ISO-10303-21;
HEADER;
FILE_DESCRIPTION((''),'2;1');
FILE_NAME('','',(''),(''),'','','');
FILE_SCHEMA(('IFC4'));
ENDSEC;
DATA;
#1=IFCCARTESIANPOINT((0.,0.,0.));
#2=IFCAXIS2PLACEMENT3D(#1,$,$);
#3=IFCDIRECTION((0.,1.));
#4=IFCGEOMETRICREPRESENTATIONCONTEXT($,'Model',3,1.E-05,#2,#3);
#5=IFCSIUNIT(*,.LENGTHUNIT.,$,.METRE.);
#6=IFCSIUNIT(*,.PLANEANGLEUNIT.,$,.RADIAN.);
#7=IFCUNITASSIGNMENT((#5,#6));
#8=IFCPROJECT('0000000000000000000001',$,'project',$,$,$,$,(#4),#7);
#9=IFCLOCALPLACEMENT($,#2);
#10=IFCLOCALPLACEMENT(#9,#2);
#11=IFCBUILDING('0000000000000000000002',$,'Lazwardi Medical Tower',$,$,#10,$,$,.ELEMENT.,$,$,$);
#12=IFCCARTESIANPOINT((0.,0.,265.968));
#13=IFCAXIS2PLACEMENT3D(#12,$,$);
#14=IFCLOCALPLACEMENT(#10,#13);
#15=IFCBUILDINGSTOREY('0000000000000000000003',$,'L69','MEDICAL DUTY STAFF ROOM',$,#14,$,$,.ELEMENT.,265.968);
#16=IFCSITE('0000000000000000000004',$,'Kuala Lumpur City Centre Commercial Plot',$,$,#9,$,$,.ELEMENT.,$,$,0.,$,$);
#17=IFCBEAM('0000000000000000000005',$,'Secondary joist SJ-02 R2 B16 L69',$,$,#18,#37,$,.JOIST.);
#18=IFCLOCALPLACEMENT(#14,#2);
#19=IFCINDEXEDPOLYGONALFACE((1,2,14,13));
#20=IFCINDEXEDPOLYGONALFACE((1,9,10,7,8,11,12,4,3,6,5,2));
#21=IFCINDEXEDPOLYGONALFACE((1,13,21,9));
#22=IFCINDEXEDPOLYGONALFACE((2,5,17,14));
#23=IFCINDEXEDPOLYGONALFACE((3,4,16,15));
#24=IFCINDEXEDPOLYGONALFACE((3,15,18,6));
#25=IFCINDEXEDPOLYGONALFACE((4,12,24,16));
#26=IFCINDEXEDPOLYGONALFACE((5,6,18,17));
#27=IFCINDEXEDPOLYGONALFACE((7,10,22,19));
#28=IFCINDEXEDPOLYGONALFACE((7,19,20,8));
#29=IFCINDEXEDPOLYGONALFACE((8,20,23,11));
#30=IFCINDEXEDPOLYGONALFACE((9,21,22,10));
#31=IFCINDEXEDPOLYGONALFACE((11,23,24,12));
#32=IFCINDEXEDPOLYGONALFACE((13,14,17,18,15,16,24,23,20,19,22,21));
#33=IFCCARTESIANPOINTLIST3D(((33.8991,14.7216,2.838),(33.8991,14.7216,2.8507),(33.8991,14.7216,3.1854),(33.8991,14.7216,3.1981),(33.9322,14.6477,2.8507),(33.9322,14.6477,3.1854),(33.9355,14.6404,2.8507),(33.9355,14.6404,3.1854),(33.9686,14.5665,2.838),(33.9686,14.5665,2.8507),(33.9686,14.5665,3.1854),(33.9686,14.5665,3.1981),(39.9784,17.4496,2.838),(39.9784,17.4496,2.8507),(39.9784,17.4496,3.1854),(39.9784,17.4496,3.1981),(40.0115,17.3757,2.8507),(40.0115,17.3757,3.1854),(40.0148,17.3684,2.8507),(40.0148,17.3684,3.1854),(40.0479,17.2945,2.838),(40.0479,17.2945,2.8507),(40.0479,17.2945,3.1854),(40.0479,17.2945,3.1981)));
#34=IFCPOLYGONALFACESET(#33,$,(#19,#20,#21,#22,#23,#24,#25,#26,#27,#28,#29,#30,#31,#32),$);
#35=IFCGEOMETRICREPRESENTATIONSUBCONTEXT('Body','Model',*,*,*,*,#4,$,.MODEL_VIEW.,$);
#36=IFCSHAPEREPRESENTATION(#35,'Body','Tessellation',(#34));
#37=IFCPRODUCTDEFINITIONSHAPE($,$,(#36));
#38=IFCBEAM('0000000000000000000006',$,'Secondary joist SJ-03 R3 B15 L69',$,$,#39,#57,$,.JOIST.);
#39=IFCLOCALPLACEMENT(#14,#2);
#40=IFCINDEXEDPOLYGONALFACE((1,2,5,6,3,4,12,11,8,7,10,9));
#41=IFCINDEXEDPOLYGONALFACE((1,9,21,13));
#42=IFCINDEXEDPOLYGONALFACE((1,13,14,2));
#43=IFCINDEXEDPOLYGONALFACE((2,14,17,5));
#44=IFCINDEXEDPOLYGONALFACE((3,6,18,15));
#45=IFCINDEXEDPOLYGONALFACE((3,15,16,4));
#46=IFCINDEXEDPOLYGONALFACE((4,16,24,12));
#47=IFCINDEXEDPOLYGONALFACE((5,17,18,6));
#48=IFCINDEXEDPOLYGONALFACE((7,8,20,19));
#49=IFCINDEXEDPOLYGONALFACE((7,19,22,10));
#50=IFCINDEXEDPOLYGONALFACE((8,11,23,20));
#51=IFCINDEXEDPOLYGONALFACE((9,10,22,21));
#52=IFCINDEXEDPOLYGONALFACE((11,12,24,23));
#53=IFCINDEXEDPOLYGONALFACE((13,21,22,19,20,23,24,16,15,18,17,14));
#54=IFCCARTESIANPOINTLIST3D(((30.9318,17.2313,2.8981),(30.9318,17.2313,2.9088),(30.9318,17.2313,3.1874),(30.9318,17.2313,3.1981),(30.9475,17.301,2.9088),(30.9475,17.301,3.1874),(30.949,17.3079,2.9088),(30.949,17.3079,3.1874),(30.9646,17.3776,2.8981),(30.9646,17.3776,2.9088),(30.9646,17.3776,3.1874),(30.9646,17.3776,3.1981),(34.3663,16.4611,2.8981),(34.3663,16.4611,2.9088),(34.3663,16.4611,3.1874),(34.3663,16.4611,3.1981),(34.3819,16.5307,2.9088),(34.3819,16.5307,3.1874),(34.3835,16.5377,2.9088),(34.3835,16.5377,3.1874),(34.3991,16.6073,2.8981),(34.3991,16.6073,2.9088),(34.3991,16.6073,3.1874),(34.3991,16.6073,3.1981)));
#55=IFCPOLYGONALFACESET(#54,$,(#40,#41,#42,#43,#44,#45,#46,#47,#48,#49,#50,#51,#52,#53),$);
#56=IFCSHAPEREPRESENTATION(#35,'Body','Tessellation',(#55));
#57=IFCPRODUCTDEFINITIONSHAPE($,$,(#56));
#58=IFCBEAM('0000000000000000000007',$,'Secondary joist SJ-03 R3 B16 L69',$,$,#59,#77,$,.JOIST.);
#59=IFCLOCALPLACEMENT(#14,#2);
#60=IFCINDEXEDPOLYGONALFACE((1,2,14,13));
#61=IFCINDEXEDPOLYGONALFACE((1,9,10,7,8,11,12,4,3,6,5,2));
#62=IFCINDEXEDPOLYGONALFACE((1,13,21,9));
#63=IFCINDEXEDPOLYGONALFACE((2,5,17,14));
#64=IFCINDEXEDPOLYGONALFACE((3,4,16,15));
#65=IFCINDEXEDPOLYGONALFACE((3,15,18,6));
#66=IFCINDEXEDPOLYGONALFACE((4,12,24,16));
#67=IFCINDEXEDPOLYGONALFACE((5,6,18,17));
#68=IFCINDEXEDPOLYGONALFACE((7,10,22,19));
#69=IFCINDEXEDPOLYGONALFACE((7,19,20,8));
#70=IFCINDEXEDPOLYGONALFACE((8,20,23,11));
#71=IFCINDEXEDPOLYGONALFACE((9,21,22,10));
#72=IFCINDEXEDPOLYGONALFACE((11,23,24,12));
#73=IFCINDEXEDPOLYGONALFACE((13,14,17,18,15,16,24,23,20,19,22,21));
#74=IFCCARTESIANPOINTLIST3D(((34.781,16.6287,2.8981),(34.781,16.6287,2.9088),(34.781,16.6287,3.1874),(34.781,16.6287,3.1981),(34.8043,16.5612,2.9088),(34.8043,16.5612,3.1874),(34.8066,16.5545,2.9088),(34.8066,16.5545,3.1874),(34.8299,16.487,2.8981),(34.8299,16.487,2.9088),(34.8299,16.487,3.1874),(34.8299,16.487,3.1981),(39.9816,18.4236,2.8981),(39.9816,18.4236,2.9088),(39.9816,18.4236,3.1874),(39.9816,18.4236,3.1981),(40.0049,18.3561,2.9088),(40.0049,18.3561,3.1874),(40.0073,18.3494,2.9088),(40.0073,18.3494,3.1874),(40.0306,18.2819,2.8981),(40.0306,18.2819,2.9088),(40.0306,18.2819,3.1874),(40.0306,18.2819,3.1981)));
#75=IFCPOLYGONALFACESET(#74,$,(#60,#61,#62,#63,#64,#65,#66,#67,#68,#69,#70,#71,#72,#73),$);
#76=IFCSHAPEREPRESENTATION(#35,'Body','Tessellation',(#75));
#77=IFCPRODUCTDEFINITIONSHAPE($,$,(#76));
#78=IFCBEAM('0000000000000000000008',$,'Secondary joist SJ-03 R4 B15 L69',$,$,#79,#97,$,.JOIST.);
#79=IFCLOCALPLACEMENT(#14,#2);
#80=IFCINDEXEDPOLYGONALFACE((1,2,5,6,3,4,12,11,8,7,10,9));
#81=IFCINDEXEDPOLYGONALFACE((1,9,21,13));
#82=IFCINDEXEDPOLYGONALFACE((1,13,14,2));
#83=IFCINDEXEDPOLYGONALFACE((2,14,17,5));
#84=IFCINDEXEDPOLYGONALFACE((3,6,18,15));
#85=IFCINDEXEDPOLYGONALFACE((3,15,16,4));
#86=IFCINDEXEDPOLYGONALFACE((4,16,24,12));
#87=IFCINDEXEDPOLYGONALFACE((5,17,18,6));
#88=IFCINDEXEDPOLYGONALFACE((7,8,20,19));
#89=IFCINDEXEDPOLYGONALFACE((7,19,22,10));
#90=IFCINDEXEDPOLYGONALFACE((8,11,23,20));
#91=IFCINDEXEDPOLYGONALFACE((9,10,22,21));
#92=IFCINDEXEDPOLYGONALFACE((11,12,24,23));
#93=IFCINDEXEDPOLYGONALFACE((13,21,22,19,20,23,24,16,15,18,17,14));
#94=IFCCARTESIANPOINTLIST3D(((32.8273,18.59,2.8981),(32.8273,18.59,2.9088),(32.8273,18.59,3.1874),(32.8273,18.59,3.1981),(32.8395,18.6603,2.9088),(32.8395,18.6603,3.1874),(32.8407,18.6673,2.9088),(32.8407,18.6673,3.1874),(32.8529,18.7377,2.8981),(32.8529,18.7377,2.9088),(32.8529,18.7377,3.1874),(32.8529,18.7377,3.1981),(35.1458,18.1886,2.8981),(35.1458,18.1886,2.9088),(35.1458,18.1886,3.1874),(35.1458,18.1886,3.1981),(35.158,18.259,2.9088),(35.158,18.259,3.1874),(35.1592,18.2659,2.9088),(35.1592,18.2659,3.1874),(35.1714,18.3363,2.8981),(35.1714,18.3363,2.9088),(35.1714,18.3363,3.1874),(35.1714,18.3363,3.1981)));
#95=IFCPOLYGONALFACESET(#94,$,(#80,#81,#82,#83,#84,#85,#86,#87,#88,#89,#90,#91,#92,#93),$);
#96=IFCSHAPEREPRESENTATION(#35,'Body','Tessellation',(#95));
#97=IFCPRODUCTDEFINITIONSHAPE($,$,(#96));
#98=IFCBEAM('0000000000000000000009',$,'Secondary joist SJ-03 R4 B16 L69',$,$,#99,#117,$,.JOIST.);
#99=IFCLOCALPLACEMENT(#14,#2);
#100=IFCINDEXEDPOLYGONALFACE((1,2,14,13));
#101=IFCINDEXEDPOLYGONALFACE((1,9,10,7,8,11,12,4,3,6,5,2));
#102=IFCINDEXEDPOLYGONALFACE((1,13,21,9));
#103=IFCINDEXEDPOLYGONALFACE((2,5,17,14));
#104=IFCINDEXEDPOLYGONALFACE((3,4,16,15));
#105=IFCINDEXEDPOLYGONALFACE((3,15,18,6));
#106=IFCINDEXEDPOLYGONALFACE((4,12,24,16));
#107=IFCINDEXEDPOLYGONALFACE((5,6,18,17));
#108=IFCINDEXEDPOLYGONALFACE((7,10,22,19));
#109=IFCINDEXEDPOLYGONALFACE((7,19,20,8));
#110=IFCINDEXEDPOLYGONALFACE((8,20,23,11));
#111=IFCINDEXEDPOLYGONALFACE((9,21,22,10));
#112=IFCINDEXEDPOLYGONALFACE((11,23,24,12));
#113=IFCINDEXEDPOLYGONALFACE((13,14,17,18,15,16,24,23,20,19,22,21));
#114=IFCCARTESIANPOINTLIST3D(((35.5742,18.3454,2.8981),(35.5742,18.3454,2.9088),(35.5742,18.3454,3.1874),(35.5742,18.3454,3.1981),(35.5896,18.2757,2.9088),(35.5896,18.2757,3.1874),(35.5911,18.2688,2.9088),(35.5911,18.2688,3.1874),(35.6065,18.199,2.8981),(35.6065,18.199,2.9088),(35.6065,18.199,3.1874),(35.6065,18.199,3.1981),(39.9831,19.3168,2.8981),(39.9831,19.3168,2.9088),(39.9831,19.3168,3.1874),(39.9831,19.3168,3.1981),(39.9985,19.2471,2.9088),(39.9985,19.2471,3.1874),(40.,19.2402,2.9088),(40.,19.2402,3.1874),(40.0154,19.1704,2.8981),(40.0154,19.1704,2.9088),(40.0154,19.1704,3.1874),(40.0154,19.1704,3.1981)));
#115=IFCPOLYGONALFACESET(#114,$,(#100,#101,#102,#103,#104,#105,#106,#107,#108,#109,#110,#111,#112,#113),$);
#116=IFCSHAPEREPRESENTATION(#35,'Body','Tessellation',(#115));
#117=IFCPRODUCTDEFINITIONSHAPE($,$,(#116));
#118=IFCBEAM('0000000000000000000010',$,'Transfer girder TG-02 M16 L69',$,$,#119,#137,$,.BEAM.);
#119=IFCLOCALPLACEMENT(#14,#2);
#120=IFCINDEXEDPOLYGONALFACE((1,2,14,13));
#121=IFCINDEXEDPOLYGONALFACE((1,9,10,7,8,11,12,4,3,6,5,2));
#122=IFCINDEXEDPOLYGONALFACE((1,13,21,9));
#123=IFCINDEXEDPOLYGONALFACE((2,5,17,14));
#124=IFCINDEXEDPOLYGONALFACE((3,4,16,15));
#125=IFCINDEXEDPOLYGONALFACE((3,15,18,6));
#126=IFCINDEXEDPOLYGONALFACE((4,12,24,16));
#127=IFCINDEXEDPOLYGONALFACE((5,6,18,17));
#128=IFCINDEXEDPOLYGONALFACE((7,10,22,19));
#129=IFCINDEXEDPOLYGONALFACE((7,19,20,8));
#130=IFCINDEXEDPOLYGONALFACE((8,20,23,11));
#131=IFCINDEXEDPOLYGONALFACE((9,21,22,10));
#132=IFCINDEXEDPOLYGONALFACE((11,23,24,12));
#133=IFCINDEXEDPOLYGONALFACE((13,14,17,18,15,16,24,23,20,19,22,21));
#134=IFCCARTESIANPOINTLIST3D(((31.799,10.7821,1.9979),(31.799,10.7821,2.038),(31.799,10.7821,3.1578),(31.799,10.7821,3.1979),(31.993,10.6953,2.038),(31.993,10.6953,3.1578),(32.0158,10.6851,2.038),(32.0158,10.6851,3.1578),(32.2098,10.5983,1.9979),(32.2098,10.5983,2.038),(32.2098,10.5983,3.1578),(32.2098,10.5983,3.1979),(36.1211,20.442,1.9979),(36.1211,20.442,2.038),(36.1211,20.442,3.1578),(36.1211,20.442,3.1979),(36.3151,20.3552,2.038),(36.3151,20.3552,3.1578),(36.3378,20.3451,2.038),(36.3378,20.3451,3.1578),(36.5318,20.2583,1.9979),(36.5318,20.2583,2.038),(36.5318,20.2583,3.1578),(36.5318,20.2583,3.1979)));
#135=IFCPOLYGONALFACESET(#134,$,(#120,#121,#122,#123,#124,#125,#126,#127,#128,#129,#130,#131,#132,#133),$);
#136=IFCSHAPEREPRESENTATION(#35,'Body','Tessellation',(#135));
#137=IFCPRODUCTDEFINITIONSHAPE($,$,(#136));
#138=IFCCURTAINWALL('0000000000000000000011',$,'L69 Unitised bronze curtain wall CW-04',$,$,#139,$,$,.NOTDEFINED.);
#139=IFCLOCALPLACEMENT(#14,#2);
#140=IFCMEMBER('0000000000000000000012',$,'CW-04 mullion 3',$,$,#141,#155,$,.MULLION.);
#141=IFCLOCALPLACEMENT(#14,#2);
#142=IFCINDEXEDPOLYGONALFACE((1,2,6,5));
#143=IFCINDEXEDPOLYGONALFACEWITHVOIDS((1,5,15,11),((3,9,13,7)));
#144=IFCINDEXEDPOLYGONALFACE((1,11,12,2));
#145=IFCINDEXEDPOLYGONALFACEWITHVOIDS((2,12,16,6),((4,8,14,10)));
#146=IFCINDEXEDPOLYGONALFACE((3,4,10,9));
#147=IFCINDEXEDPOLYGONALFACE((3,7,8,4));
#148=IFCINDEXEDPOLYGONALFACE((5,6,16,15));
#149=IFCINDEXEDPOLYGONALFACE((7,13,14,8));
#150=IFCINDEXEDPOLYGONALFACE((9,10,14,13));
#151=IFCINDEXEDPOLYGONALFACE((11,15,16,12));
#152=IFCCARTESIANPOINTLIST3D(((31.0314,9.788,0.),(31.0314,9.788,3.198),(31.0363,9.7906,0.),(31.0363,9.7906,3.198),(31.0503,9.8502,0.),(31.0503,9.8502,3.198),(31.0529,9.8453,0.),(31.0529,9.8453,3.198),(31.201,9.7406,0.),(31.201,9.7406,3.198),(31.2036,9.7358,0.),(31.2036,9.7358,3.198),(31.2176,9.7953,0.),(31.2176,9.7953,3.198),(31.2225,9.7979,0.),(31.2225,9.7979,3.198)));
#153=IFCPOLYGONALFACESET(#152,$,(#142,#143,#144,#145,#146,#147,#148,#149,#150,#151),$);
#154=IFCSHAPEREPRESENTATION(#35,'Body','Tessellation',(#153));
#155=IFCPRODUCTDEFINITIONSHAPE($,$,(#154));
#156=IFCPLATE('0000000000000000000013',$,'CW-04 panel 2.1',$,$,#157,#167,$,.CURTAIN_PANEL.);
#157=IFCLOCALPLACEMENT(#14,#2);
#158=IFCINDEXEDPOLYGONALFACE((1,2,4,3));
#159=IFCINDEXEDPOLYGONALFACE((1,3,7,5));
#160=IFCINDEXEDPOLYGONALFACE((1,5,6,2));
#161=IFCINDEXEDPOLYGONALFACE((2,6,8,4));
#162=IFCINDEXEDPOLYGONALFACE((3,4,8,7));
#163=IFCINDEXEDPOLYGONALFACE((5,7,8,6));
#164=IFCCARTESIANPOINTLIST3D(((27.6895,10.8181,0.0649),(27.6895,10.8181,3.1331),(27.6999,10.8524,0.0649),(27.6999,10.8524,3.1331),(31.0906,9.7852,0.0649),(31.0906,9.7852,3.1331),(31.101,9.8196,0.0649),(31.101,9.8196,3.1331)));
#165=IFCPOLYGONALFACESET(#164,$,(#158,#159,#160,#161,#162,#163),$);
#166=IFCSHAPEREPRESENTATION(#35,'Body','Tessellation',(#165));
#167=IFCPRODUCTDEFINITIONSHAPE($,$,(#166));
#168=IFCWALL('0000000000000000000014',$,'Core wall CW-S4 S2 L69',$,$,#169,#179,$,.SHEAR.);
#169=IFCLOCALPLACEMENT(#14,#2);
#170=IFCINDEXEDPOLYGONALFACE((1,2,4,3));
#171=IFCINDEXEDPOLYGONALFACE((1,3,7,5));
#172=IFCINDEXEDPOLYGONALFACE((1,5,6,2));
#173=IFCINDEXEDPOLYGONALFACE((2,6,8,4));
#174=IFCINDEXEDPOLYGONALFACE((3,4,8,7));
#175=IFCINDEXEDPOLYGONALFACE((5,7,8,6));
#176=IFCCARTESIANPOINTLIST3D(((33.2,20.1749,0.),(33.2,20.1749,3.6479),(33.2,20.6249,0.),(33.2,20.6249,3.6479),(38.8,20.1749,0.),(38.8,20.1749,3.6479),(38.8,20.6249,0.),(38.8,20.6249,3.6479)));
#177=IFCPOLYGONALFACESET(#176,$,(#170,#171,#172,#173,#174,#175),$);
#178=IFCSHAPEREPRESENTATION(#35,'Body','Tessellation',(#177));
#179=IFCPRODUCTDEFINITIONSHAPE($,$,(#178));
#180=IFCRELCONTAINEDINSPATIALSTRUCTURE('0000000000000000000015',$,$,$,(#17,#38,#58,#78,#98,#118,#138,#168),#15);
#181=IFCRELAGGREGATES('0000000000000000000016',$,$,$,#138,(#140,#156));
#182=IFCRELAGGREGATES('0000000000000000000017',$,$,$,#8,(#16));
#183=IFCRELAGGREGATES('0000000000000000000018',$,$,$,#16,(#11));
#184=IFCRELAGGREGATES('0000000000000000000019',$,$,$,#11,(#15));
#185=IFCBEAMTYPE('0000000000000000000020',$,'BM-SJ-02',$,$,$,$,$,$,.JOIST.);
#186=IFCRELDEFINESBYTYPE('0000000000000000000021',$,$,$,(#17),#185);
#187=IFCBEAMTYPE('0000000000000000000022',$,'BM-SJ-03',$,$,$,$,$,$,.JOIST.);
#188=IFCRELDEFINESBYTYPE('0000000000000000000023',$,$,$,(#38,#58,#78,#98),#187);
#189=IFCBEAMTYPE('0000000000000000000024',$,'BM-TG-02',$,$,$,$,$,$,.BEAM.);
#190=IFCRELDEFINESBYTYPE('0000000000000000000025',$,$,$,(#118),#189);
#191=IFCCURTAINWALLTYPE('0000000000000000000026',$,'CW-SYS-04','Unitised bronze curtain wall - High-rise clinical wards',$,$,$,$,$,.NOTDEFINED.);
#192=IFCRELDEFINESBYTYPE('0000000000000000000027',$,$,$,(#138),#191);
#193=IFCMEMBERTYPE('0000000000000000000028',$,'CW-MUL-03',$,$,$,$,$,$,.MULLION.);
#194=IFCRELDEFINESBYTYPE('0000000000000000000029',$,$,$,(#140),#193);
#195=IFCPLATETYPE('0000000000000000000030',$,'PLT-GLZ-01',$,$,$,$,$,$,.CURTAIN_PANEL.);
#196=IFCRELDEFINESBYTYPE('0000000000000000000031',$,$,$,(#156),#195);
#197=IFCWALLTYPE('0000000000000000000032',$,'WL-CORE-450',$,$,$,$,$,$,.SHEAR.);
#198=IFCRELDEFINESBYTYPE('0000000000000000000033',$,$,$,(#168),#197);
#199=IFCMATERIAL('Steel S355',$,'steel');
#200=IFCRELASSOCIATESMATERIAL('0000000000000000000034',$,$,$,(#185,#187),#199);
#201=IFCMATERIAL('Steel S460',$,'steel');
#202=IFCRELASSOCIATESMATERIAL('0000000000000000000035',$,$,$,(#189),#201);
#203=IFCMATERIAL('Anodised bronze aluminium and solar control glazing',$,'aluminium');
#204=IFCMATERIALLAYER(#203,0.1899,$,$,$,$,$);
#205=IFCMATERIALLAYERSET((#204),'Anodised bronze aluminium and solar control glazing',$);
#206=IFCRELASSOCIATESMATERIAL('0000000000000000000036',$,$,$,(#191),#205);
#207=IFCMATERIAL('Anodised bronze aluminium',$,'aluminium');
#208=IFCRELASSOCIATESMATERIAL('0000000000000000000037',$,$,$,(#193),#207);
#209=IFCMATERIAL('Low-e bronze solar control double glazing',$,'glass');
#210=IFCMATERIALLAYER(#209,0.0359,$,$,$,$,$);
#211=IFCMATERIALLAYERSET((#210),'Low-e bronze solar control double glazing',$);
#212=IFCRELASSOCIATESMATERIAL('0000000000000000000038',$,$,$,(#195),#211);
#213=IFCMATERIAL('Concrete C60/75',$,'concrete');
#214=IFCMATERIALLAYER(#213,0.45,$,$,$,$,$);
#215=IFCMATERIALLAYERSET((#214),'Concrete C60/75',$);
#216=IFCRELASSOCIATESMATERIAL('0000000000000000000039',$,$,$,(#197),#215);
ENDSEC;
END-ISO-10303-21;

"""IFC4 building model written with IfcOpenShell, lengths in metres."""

from ifc_helpers import new_model, si_unit, direction, frame, frame_2d, origin, origin_2d, place, context, subcontext, project, spatial, rectangle, hollow_rectangle, i_section, extrude, material, layer, layer_set, material_profile, profile_set, type_object, element, aggregate, save


model = new_model("IFC4")

# Units and contexts
model_context = context("Model", 3, precision=1e-05, world=origin(), true_north=direction((0.0, 1.0)))
body_context = subcontext(model_context, "Body", "Model", "MODEL_VIEW")
ifc_project = project(units=[si_unit("LENGTHUNIT", "METRE"), si_unit("PLANEANGLEUNIT", "RADIAN")], contexts=[model_context])

# Site, building, storey
site_placement = place(None, origin())
site = spatial("IfcSite", under=ifc_project, at=site_placement, Name="Kuala Lumpur City Centre Commercial Plot", CompositionType="ELEMENT", RefElevation=0.0)
building_placement = place(site_placement, origin())
building = spatial("IfcBuilding", under=site, at=building_placement, Name="Lazwardi Medical Tower", CompositionType="ELEMENT")
storey_placement = place(building_placement, frame((0.0, 0.0, 265.968)))
storey = spatial("IfcBuildingStorey", under=building, at=storey_placement, Name="L69", Description="MEDICAL DUTY STAFF ROOM", CompositionType="ELEMENT", Elevation=265.968)

# Shared definitions
ifc_material_1 = material(Name="Concrete C60/75", Category="concrete")

# Beams
ifc_material_2 = material(Name="Steel S460", Category="steel")
ifc_material_3 = material(Name="Steel S355", Category="steel")
ifc_material_profile_1 = material_profile(ifc_material_3, i_section(OverallWidth=0.1699, OverallDepth=0.3601, WebThickness=0.0081, FlangeThickness=0.0127, at=origin_2d()), Name="IPE 360")
ifc_profile_set_1 = profile_set([ifc_material_profile_1], Name="Steel S355")
beam_type_1 = type_object("IfcBeamType", Name="BM-SJ-02", PredefinedType="JOIST", material=ifc_profile_set_1)
beam_1_placement = place(storey_placement, frame((33.9338, 14.644, 3.0181), z_axis=(0.912352, 0.409406, 0.0), x_axis=(-0.409406, 0.912352, 0.0)))
element("IfcBeam", 1, at=beam_1_placement, inside=storey, type_object=beam_type_1, Name="Secondary joist SJ-02 R2 B16 L69", PredefinedType="JOIST", context=body_context, shape_type="SweptSolid", body=[
    extrude(i_section(OverallWidth=0.1699, OverallDepth=0.3601, WebThickness=0.0081, FlangeThickness=0.0127, at=origin_2d()), origin(), (0.0, 0.0, 1.0), 6.6633),
])
ifc_material_profile_2 = material_profile(ifc_material_3, i_section(OverallWidth=0.1499, OverallDepth=0.3, WebThickness=0.0071, FlangeThickness=0.0107, at=origin_2d()), Name="IPE 300")
ifc_profile_set_2 = profile_set([ifc_material_profile_2], Name="Steel S355")
beam_type_2 = type_object("IfcBeamType", Name="BM-SJ-03", PredefinedType="JOIST", material=ifc_profile_set_2)
beam_2_placement = place(storey_placement, frame((30.9482, 17.3044, 3.0481), z_axis=(0.975763, -0.218832, 0.0), x_axis=(0.218832, 0.975763, 0.0)))
element("IfcBeam", 2, at=beam_2_placement, inside=storey, type_object=beam_type_2, Name="Secondary joist SJ-03 R3 B15 L69", PredefinedType="JOIST", context=body_context, shape_type="SweptSolid", body=[
    extrude(i_section(OverallWidth=0.1499, OverallDepth=0.3, WebThickness=0.0071, FlangeThickness=0.0107, at=origin_2d()), origin(), (0.0, 0.0, 1.0), 3.5198),
])
beam_3_placement = place(storey_placement, frame((34.8054, 16.5579, 3.0481), z_axis=(0.945284, 0.326248, 0.0), x_axis=(-0.326248, 0.945284, 0.0)))
element("IfcBeam", 3, at=beam_3_placement, inside=storey, type_object=beam_type_2, Name="Secondary joist SJ-03 R3 B16 L69", PredefinedType="JOIST", context=body_context, shape_type="SweptSolid", body=[
    extrude(i_section(OverallWidth=0.1499, OverallDepth=0.3, WebThickness=0.0071, FlangeThickness=0.0107, at=origin_2d()), origin(), (0.0, 0.0, 1.0), 5.5017),
])
beam_4_placement = place(storey_placement, frame((32.8401, 18.6638, 3.0481), z_axis=(0.985345, -0.17057, 0.0), x_axis=(0.17057, 0.985345, 0.0)))
element("IfcBeam", 4, at=beam_4_placement, inside=storey, type_object=beam_type_2, Name="Secondary joist SJ-03 R4 B15 L69", PredefinedType="JOIST", context=body_context, shape_type="SweptSolid", body=[
    extrude(i_section(OverallWidth=0.1499, OverallDepth=0.3, WebThickness=0.0071, FlangeThickness=0.0107, at=origin_2d()), origin(), (0.0, 0.0, 1.0), 2.353),
])
beam_5_placement = place(storey_placement, frame((35.5903, 18.2722, 3.0481), z_axis=(0.976576, 0.215172, 0.0), x_axis=(-0.215172, 0.976576, 0.0)))
element("IfcBeam", 5, at=beam_5_placement, inside=storey, type_object=beam_type_2, Name="Secondary joist SJ-03 R4 B16 L69", PredefinedType="JOIST", context=body_context, shape_type="SweptSolid", body=[
    extrude(i_section(OverallWidth=0.1499, OverallDepth=0.3, WebThickness=0.0071, FlangeThickness=0.0107, at=origin_2d()), origin(), (0.0, 0.0, 1.0), 4.5146),
])
ifc_material_profile_3 = material_profile(ifc_material_2, i_section(OverallWidth=0.45, OverallDepth=1.2, WebThickness=0.0249, FlangeThickness=0.04, at=origin_2d()), Name="PG 1200x450")
ifc_profile_set_3 = profile_set([ifc_material_profile_3], Name="Steel S460")
beam_type_3 = type_object("IfcBeamType", Name="BM-TG-02", PredefinedType="BEAM", material=ifc_profile_set_3)
beam_6_placement = place(storey_placement, frame((32.0044, 10.6902, 2.5979), z_axis=(0.408404, 0.912801, 0.0), x_axis=(-0.912801, 0.408404, 0.0)))
element("IfcBeam", 6, at=beam_6_placement, inside=storey, type_object=beam_type_3, Name="Transfer girder TG-02 M16 L69", PredefinedType="BEAM", context=body_context, shape_type="SweptSolid", body=[
    extrude(i_section(OverallWidth=0.45, OverallDepth=1.2, WebThickness=0.0249, FlangeThickness=0.04, at=origin_2d()), origin(), (0.0, 0.0, 1.0), 10.5828),
])

# Curtain wall, member, plate
ifc_material_4 = material(Name="Anodised bronze aluminium and solar control glazing", Category="aluminium")
ifc_layer_1 = layer(ifc_material_4, 0.1899)
ifc_layer_set_1 = layer_set([ifc_layer_1], Name="Anodised bronze aluminium and solar control glazing")
curtain_wall_type = type_object("IfcCurtainWallType", Name="CW-SYS-04", Description="Unitised bronze curtain wall - High-rise clinical wards", PredefinedType="NOTDEFINED", material=ifc_layer_set_1)
curtain_wall_placement = place(storey_placement, origin())
curtain_wall = element("IfcCurtainWall", 7, at=curtain_wall_placement, inside=storey, type_object=curtain_wall_type, Name="L69 Unitised bronze curtain wall CW-04", PredefinedType="NOTDEFINED")
ifc_material_5 = material(Name="Anodised bronze aluminium", Category="aluminium")
ifc_material_profile_4 = material_profile(ifc_material_5, hollow_rectangle(XDim=0.0649, YDim=0.1799, WallThickness=0.0039, at=origin_2d()), Name="ALU-MULLION 180x65x4")
ifc_profile_set_4 = profile_set([ifc_material_profile_4], Name="Anodised bronze aluminium")
member_type = type_object("IfcMemberType", Name="CW-MUL-03", PredefinedType="MULLION", material=ifc_profile_set_4)
member_placement = place(storey_placement, frame((31.127, 9.793, 0.0), z_axis=(0.0, 0.0, 1.0), x_axis=(0.290582, 0.95685, 0.0)))
member = element("IfcMember", 8, at=member_placement, type_object=member_type, Name="CW-04 mullion 3", PredefinedType="MULLION", context=body_context, shape_type="SweptSolid", body=[
    extrude(hollow_rectangle(XDim=0.0649, YDim=0.1799, WallThickness=0.0039, at=origin_2d()), origin(), (0.0, 0.0, 1.0), 3.198),
])
ifc_material_6 = material(Name="Low-e bronze solar control double glazing", Category="glass")
ifc_layer_2 = layer(ifc_material_6, 0.0359)
ifc_layer_set_2 = layer_set([ifc_layer_2], Name="Low-e bronze solar control double glazing")
plate_type = type_object("IfcPlateType", Name="PLT-GLZ-01", PredefinedType="CURTAIN_PANEL", material=ifc_layer_set_2)
plate_placement = place(storey_placement, frame((29.3953, 10.3188, 0.0649), z_axis=(0.0, 0.0, 1.0), x_axis=(0.95685, -0.290582, 0.0)))
plate = element("IfcPlate", 9, at=plate_placement, type_object=plate_type, Name="CW-04 panel 2.1", PredefinedType="CURTAIN_PANEL", context=body_context, shape_type="SweptSolid", body=[
    extrude(rectangle(XDim=3.5544, YDim=0.0359, at=origin_2d()), origin(), (0.0, 0.0, 1.0), 3.0681),
])
aggregate(curtain_wall, [member, plate])

# Wall
ifc_layer_3 = layer(ifc_material_1, 0.45)
ifc_layer_set_3 = layer_set([ifc_layer_3], Name="Concrete C60/75")
wall_type_1 = type_object("IfcWallType", Name="WL-CORE-450", PredefinedType="SHEAR", material=ifc_layer_set_3)
wall_1_placement = place(storey_placement, frame((33.2, 20.3999, 0.0), z_axis=(0.0, 0.0, 1.0), x_axis=(1.0, 0.0, 0.0)))
element("IfcWall", 10, at=wall_1_placement, inside=storey, type_object=wall_type_1, Name="Core wall CW-S4 S2 L69", PredefinedType="SHEAR", context=body_context, shape_type="SweptSolid", body=[
    extrude(rectangle(XDim=5.6001, YDim=0.45, at=frame_2d((2.8, 0.0))), origin(), (0.0, 0.0, 1.0), 3.6479),
])

save(model, "model.ifc")
